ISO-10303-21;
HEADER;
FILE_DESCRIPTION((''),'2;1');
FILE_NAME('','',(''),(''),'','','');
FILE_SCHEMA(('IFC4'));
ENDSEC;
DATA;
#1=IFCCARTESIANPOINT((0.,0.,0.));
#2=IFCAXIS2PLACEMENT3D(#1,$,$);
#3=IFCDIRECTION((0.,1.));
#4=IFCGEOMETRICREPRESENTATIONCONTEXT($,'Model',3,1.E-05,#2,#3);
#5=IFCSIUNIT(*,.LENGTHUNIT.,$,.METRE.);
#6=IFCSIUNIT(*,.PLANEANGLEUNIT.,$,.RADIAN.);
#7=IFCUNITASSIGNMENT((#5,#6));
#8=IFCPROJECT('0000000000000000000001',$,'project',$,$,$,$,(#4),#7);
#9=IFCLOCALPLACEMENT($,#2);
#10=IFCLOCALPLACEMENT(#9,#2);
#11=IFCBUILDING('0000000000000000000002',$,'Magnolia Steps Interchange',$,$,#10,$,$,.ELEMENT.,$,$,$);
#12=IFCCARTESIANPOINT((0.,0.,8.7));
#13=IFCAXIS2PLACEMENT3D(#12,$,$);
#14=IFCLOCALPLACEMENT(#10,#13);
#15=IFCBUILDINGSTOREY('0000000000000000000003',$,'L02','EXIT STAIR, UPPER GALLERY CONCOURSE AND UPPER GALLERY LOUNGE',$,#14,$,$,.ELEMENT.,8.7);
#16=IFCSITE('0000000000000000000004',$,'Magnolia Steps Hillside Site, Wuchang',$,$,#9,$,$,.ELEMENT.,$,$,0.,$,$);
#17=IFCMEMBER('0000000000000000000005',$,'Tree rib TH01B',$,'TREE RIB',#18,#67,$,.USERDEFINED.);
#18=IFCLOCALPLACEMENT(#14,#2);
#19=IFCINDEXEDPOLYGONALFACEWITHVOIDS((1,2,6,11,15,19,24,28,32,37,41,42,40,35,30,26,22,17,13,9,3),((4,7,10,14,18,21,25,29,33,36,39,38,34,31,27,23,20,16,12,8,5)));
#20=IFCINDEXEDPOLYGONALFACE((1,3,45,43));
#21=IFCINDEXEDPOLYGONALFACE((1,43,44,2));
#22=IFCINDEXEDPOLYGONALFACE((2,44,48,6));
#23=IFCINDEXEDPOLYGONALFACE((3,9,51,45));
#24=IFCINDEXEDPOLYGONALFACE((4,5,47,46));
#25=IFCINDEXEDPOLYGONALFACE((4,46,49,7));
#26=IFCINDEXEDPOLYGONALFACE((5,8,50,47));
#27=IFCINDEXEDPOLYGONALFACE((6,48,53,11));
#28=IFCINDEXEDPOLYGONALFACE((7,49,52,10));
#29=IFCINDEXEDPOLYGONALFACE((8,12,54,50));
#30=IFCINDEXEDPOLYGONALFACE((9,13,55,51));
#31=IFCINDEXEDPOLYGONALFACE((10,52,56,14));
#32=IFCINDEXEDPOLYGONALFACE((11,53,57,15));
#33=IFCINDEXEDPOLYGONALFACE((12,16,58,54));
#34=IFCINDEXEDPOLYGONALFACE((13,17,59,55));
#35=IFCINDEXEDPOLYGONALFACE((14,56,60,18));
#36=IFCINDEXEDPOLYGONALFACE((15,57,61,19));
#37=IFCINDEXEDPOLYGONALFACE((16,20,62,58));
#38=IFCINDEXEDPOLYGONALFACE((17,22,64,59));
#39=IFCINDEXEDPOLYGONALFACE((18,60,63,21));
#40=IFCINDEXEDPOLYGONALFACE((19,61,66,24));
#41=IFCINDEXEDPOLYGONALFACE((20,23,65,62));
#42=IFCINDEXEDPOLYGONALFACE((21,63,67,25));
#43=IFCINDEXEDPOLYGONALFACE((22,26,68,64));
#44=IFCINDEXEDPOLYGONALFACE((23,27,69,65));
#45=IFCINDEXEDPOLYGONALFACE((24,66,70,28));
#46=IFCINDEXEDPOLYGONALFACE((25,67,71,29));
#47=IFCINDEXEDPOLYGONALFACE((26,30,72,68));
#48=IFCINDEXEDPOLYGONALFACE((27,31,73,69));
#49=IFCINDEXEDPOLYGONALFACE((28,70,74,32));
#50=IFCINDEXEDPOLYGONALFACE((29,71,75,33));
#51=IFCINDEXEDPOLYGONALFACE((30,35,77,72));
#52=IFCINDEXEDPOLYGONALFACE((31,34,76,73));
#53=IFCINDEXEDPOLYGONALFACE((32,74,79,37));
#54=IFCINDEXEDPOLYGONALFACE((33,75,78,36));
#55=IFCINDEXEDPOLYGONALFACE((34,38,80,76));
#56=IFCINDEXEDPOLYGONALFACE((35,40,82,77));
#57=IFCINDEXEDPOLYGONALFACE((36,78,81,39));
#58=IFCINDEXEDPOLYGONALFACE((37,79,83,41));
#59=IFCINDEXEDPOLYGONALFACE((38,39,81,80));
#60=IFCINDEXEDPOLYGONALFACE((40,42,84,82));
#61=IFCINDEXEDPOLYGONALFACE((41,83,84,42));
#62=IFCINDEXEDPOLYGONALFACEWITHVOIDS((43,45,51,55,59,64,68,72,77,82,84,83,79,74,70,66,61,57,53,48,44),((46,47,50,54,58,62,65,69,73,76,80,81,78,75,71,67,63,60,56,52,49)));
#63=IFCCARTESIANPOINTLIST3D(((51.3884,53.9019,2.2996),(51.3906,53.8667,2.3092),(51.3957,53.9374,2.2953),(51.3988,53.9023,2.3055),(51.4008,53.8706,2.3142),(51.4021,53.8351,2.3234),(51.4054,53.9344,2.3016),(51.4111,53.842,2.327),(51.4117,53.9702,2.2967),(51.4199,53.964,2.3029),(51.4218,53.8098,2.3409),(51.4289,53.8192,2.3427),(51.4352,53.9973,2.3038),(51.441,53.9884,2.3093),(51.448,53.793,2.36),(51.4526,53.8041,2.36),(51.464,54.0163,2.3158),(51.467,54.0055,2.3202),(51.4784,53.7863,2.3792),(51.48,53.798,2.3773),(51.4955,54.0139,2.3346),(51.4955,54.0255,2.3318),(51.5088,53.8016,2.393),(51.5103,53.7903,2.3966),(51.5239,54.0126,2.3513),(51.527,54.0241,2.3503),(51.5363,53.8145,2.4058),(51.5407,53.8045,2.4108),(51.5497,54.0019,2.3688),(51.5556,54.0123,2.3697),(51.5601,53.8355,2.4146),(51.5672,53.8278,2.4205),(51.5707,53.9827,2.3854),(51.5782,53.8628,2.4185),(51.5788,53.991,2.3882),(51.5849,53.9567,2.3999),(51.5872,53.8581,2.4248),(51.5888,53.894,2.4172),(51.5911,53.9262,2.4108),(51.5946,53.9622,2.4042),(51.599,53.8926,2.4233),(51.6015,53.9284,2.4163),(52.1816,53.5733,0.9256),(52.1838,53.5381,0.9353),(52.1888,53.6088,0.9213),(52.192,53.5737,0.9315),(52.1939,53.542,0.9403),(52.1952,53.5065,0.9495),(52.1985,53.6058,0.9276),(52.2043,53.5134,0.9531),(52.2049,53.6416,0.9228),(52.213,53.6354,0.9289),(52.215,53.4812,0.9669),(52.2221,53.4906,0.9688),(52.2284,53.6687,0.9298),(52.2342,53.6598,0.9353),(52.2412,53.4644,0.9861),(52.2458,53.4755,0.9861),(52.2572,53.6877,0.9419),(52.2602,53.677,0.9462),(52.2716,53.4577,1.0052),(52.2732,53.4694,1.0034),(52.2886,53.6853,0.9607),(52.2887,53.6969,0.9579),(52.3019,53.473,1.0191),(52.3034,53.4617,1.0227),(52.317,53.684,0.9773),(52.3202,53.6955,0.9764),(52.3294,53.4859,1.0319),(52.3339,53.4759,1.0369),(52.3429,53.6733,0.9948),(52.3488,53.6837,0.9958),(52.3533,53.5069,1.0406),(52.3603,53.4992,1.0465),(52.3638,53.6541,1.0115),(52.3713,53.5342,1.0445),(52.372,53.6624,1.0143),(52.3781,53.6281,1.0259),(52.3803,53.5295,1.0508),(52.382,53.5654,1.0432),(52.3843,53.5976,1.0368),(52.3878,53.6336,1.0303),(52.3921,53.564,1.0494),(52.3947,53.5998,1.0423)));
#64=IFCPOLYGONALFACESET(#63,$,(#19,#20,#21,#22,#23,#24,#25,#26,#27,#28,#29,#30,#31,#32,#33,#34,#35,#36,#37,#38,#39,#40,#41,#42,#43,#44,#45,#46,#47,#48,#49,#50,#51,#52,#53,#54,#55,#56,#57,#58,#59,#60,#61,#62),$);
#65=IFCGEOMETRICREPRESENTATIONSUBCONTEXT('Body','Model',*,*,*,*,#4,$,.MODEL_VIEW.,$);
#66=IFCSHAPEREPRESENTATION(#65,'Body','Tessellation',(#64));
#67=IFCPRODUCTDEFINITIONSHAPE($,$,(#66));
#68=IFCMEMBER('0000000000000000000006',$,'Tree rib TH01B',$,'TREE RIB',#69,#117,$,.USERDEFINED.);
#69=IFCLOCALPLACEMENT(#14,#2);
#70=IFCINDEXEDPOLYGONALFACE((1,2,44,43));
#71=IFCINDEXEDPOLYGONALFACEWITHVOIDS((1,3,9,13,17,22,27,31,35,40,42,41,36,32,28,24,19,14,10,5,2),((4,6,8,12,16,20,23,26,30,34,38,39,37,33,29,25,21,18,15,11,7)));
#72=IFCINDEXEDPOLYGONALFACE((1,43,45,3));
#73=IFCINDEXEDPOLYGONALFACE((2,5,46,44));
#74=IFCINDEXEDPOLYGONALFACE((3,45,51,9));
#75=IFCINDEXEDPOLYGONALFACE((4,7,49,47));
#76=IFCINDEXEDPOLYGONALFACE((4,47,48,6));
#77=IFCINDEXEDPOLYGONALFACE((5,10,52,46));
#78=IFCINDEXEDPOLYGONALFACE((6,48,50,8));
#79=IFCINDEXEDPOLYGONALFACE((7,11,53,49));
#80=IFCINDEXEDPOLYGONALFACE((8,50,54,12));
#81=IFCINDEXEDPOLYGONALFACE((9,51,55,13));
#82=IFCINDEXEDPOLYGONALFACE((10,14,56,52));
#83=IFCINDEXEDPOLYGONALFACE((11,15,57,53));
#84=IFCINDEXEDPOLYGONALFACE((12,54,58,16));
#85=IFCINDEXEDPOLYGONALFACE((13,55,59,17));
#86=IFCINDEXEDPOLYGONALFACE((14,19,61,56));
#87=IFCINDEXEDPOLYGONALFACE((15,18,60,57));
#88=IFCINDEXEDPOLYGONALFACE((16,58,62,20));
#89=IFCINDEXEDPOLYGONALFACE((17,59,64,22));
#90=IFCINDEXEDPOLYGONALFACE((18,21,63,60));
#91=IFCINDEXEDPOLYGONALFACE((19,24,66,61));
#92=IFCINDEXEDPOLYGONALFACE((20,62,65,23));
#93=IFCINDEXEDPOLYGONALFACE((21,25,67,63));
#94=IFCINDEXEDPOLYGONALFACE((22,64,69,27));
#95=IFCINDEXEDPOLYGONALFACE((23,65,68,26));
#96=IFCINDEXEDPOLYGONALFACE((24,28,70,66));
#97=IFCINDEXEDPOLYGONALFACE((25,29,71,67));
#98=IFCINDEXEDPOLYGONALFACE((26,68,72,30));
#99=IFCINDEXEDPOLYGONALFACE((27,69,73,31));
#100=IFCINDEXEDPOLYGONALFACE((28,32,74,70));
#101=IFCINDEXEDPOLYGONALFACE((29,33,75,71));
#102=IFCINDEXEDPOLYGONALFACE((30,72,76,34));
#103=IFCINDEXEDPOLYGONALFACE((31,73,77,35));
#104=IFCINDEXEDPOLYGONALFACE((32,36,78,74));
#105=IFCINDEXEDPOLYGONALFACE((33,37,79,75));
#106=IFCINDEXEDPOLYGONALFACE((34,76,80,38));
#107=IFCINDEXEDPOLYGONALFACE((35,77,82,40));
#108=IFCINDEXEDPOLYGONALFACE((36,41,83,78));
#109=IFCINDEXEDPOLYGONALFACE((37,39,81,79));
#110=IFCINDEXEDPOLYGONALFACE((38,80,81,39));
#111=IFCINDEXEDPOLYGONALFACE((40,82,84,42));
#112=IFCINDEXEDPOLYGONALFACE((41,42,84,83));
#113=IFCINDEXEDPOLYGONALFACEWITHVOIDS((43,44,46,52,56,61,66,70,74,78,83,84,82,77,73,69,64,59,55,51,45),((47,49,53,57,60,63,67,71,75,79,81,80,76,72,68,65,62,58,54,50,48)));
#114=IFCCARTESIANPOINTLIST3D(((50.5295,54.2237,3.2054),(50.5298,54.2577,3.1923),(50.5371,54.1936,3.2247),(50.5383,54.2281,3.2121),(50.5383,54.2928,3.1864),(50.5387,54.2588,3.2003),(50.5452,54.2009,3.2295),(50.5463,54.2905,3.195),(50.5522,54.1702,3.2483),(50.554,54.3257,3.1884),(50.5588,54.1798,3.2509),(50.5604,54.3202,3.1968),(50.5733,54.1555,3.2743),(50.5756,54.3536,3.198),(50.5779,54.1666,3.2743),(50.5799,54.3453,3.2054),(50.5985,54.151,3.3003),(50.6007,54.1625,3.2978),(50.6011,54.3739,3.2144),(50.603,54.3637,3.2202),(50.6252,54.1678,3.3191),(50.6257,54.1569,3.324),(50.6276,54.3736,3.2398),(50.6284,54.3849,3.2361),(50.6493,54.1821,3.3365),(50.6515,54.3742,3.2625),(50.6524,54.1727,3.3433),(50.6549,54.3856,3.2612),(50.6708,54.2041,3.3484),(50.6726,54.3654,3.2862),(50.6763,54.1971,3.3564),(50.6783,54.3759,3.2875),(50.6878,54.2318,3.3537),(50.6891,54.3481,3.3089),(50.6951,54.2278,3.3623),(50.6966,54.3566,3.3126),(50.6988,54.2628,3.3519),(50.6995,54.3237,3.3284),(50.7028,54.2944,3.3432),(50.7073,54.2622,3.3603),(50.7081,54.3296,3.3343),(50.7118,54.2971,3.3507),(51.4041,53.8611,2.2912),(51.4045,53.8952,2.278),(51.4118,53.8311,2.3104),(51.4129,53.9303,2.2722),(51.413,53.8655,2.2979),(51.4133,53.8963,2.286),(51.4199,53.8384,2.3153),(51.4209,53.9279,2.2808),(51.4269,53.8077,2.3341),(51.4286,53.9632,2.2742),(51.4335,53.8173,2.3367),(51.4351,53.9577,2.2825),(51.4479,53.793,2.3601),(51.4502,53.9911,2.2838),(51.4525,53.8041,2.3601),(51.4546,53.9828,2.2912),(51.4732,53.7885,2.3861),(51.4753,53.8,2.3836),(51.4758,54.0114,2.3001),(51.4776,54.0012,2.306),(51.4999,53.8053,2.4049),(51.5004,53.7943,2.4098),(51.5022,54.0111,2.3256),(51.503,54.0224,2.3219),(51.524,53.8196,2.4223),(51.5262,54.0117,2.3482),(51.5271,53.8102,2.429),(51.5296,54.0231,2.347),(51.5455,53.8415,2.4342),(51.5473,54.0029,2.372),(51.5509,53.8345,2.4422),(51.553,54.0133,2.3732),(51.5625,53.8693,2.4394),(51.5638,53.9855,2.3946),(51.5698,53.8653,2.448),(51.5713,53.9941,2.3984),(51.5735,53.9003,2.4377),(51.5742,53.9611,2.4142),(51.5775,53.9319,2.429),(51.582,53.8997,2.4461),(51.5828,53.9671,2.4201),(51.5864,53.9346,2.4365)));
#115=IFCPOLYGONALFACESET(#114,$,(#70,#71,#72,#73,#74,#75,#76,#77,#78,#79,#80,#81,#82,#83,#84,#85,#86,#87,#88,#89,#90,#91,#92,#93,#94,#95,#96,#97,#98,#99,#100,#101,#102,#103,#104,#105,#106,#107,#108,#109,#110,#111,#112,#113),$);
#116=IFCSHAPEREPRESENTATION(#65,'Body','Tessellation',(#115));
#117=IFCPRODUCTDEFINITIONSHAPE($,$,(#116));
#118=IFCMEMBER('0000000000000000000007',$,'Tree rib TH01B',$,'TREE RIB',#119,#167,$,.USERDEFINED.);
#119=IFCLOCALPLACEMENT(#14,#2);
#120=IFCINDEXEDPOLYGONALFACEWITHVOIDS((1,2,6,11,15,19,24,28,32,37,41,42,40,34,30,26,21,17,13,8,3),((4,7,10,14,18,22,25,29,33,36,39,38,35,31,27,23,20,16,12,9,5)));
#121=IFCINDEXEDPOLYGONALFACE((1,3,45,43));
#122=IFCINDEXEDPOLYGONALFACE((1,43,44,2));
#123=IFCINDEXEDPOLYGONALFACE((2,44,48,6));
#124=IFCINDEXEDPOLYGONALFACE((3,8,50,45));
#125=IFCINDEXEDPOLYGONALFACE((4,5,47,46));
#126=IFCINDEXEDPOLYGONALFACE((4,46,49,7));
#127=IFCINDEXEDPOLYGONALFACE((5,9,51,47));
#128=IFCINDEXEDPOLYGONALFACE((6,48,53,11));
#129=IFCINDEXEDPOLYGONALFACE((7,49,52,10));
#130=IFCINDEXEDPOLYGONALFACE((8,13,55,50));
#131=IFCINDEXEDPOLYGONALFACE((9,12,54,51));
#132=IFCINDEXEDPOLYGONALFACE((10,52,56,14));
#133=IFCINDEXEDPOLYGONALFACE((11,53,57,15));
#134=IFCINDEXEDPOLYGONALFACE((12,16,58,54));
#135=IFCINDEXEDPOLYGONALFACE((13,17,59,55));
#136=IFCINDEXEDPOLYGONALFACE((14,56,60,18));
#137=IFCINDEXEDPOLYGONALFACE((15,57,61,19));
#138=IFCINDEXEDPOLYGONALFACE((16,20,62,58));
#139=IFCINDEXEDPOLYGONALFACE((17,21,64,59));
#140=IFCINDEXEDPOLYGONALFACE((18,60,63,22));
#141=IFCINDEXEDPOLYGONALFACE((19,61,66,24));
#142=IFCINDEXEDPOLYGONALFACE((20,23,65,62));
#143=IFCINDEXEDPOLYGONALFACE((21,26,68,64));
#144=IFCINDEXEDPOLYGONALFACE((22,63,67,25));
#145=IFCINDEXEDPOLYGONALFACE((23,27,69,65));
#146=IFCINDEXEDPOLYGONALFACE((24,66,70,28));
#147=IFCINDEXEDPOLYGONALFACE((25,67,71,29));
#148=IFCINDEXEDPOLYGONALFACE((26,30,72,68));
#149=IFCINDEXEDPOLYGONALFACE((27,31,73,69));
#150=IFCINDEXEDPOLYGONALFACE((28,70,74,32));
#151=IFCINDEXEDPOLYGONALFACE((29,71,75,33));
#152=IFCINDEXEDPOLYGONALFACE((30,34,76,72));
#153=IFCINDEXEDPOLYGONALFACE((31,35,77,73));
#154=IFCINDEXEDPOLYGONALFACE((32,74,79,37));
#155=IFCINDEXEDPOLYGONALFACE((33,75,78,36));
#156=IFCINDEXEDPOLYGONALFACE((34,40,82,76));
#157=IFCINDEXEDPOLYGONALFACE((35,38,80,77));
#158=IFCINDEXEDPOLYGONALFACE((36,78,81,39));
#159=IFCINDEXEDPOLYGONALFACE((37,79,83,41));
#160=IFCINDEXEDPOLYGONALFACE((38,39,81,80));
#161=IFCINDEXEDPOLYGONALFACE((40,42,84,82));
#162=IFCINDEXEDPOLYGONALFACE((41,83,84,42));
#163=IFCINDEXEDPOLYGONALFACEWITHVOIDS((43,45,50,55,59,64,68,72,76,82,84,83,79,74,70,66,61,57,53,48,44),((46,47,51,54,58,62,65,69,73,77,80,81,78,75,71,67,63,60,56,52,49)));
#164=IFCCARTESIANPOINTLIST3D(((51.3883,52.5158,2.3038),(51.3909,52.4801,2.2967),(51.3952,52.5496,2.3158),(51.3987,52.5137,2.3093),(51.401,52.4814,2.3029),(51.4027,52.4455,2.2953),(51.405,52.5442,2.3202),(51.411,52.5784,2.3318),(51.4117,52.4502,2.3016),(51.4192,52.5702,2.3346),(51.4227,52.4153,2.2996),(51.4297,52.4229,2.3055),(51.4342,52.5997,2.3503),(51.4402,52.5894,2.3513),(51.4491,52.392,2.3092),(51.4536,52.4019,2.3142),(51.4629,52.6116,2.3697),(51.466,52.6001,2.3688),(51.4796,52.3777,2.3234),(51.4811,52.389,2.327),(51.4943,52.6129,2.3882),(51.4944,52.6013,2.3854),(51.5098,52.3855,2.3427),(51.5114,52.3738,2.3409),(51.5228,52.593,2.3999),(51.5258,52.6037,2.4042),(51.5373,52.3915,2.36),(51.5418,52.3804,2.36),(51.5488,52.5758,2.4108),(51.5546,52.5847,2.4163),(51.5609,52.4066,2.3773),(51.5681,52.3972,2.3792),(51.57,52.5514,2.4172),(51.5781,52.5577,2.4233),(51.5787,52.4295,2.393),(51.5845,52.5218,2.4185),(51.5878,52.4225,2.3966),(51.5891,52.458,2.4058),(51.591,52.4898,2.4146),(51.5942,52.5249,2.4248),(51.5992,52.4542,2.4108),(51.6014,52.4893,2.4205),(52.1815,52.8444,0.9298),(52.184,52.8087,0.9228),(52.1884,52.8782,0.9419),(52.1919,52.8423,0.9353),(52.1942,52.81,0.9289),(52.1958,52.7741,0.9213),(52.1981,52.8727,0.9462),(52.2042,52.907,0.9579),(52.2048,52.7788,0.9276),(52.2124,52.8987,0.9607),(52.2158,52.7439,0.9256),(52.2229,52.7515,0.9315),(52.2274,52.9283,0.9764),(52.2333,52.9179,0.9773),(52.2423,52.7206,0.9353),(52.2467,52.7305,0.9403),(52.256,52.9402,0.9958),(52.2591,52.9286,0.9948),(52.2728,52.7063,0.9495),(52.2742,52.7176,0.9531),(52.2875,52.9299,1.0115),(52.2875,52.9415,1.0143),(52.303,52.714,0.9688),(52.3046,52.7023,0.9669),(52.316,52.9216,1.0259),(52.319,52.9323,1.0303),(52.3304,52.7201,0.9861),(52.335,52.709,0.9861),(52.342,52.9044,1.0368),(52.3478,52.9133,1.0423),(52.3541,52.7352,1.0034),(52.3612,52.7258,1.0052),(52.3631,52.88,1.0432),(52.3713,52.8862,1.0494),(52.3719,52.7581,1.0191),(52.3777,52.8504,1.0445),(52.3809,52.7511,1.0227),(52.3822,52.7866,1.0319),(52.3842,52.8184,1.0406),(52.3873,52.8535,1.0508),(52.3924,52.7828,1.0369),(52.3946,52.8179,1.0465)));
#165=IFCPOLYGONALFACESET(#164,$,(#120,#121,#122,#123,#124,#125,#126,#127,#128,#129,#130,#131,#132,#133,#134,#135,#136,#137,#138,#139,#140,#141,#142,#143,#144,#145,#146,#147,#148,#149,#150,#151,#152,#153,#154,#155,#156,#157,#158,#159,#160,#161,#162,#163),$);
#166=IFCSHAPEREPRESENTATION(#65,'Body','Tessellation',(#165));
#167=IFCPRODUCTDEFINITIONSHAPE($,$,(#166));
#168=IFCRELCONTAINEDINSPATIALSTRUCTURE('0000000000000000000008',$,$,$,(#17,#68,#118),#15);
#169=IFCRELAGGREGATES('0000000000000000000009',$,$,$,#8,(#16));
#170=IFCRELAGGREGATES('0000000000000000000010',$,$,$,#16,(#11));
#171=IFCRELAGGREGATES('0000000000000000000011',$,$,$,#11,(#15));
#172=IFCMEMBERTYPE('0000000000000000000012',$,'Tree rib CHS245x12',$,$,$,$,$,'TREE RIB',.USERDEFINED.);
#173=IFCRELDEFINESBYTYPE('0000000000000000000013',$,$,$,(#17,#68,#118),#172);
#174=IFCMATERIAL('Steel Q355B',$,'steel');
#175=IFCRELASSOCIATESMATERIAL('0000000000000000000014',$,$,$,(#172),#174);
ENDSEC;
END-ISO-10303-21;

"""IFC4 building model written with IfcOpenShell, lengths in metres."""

from ifc_helpers import new_model, si_unit, direction, frame, origin, origin_2d, place, context, subcontext, project, spatial, hollow_circle, extrude, material, material_profile, profile_set, type_object, element, save


model = new_model("IFC4")

# Units and contexts
model_context = context("Model", 3, precision=1e-05, world=origin(), true_north=direction((0.0, 1.0)))
body_context = subcontext(model_context, "Body", "Model", "MODEL_VIEW")
ifc_project = project(units=[si_unit("LENGTHUNIT", "METRE"), si_unit("PLANEANGLEUNIT", "RADIAN")], contexts=[model_context])

# Site, building, storey
site_placement = place(None, origin())
site = spatial("IfcSite", under=ifc_project, at=site_placement, Name="Magnolia Steps Hillside Site, Wuchang", CompositionType="ELEMENT", RefElevation=0.0)
building_placement = place(site_placement, origin())
building = spatial("IfcBuilding", under=site, at=building_placement, Name="Magnolia Steps Interchange", CompositionType="ELEMENT")
storey_placement = place(building_placement, frame((0.0, 0.0, 8.7)))
storey = spatial("IfcBuildingStorey", under=building, at=storey_placement, Name="L02", Description="EXIT STAIR, UPPER GALLERY CONCOURSE AND UPPER GALLERY LOUNGE", CompositionType="ELEMENT", Elevation=8.7)

# Members
ifc_material_1 = material(Name="Steel Q355B", Category="steel")
ifc_material_profile_1 = material_profile(ifc_material_1, hollow_circle(Radius=0.1226, WallThickness=0.012, at=origin_2d()), Name="CHS245x12")
ifc_profile_set_1 = profile_set([ifc_material_profile_1], Name="Steel Q355B")
member_type = type_object("IfcMemberType", Name="Tree rib CHS245x12", ElementType="TREE RIB", PredefinedType="USERDEFINED", material=ifc_profile_set_1)
member_1_placement = place(storey_placement, frame((52.2881, 53.5776, 0.9861), z_axis=(-0.489571, 0.20282, 0.848047), x_axis=(-0.382737, -0.923857, 0.0)))
element("IfcMember", 1, at=member_1_placement, inside=storey, type_object=member_type, Name="Tree rib TH01B", ObjectType="TREE RIB", PredefinedType="USERDEFINED", context=body_context, shape_type="SweptSolid", body=[
    extrude(hollow_circle(Radius=0.1226, WallThickness=0.012, at=origin_2d()), origin(), (0.0, 0.0, 1.0), 1.6201),
])
member_2_placement = place(storey_placement, frame((51.4949, 53.9062, 2.3601), z_axis=(-0.664566, 0.275434, 0.694613), x_axis=(-0.382876, -0.9238, 0.0)))
element("IfcMember", 2, at=member_2_placement, inside=storey, type_object=member_type, Name="Tree rib TH01B", ObjectType="TREE RIB", PredefinedType="USERDEFINED", context=body_context, shape_type="SweptSolid", body=[
    extrude(hollow_circle(Radius=0.1226, WallThickness=0.012, at=origin_2d()), origin(), (0.0, 0.0, 1.0), 1.3162),
])
member_3_placement = place(storey_placement, frame((52.2881, 52.8223, 0.9861), z_axis=(-0.489571, -0.20282, 0.848047), x_axis=(0.382737, -0.923857, 0.0)))
element("IfcMember", 3, at=member_3_placement, inside=storey, type_object=member_type, Name="Tree rib TH01B", ObjectType="TREE RIB", PredefinedType="USERDEFINED", context=body_context, shape_type="SweptSolid", body=[
    extrude(hollow_circle(Radius=0.1226, WallThickness=0.012, at=origin_2d()), origin(), (0.0, 0.0, 1.0), 1.6201),
])

save(model, "model.ifc")
